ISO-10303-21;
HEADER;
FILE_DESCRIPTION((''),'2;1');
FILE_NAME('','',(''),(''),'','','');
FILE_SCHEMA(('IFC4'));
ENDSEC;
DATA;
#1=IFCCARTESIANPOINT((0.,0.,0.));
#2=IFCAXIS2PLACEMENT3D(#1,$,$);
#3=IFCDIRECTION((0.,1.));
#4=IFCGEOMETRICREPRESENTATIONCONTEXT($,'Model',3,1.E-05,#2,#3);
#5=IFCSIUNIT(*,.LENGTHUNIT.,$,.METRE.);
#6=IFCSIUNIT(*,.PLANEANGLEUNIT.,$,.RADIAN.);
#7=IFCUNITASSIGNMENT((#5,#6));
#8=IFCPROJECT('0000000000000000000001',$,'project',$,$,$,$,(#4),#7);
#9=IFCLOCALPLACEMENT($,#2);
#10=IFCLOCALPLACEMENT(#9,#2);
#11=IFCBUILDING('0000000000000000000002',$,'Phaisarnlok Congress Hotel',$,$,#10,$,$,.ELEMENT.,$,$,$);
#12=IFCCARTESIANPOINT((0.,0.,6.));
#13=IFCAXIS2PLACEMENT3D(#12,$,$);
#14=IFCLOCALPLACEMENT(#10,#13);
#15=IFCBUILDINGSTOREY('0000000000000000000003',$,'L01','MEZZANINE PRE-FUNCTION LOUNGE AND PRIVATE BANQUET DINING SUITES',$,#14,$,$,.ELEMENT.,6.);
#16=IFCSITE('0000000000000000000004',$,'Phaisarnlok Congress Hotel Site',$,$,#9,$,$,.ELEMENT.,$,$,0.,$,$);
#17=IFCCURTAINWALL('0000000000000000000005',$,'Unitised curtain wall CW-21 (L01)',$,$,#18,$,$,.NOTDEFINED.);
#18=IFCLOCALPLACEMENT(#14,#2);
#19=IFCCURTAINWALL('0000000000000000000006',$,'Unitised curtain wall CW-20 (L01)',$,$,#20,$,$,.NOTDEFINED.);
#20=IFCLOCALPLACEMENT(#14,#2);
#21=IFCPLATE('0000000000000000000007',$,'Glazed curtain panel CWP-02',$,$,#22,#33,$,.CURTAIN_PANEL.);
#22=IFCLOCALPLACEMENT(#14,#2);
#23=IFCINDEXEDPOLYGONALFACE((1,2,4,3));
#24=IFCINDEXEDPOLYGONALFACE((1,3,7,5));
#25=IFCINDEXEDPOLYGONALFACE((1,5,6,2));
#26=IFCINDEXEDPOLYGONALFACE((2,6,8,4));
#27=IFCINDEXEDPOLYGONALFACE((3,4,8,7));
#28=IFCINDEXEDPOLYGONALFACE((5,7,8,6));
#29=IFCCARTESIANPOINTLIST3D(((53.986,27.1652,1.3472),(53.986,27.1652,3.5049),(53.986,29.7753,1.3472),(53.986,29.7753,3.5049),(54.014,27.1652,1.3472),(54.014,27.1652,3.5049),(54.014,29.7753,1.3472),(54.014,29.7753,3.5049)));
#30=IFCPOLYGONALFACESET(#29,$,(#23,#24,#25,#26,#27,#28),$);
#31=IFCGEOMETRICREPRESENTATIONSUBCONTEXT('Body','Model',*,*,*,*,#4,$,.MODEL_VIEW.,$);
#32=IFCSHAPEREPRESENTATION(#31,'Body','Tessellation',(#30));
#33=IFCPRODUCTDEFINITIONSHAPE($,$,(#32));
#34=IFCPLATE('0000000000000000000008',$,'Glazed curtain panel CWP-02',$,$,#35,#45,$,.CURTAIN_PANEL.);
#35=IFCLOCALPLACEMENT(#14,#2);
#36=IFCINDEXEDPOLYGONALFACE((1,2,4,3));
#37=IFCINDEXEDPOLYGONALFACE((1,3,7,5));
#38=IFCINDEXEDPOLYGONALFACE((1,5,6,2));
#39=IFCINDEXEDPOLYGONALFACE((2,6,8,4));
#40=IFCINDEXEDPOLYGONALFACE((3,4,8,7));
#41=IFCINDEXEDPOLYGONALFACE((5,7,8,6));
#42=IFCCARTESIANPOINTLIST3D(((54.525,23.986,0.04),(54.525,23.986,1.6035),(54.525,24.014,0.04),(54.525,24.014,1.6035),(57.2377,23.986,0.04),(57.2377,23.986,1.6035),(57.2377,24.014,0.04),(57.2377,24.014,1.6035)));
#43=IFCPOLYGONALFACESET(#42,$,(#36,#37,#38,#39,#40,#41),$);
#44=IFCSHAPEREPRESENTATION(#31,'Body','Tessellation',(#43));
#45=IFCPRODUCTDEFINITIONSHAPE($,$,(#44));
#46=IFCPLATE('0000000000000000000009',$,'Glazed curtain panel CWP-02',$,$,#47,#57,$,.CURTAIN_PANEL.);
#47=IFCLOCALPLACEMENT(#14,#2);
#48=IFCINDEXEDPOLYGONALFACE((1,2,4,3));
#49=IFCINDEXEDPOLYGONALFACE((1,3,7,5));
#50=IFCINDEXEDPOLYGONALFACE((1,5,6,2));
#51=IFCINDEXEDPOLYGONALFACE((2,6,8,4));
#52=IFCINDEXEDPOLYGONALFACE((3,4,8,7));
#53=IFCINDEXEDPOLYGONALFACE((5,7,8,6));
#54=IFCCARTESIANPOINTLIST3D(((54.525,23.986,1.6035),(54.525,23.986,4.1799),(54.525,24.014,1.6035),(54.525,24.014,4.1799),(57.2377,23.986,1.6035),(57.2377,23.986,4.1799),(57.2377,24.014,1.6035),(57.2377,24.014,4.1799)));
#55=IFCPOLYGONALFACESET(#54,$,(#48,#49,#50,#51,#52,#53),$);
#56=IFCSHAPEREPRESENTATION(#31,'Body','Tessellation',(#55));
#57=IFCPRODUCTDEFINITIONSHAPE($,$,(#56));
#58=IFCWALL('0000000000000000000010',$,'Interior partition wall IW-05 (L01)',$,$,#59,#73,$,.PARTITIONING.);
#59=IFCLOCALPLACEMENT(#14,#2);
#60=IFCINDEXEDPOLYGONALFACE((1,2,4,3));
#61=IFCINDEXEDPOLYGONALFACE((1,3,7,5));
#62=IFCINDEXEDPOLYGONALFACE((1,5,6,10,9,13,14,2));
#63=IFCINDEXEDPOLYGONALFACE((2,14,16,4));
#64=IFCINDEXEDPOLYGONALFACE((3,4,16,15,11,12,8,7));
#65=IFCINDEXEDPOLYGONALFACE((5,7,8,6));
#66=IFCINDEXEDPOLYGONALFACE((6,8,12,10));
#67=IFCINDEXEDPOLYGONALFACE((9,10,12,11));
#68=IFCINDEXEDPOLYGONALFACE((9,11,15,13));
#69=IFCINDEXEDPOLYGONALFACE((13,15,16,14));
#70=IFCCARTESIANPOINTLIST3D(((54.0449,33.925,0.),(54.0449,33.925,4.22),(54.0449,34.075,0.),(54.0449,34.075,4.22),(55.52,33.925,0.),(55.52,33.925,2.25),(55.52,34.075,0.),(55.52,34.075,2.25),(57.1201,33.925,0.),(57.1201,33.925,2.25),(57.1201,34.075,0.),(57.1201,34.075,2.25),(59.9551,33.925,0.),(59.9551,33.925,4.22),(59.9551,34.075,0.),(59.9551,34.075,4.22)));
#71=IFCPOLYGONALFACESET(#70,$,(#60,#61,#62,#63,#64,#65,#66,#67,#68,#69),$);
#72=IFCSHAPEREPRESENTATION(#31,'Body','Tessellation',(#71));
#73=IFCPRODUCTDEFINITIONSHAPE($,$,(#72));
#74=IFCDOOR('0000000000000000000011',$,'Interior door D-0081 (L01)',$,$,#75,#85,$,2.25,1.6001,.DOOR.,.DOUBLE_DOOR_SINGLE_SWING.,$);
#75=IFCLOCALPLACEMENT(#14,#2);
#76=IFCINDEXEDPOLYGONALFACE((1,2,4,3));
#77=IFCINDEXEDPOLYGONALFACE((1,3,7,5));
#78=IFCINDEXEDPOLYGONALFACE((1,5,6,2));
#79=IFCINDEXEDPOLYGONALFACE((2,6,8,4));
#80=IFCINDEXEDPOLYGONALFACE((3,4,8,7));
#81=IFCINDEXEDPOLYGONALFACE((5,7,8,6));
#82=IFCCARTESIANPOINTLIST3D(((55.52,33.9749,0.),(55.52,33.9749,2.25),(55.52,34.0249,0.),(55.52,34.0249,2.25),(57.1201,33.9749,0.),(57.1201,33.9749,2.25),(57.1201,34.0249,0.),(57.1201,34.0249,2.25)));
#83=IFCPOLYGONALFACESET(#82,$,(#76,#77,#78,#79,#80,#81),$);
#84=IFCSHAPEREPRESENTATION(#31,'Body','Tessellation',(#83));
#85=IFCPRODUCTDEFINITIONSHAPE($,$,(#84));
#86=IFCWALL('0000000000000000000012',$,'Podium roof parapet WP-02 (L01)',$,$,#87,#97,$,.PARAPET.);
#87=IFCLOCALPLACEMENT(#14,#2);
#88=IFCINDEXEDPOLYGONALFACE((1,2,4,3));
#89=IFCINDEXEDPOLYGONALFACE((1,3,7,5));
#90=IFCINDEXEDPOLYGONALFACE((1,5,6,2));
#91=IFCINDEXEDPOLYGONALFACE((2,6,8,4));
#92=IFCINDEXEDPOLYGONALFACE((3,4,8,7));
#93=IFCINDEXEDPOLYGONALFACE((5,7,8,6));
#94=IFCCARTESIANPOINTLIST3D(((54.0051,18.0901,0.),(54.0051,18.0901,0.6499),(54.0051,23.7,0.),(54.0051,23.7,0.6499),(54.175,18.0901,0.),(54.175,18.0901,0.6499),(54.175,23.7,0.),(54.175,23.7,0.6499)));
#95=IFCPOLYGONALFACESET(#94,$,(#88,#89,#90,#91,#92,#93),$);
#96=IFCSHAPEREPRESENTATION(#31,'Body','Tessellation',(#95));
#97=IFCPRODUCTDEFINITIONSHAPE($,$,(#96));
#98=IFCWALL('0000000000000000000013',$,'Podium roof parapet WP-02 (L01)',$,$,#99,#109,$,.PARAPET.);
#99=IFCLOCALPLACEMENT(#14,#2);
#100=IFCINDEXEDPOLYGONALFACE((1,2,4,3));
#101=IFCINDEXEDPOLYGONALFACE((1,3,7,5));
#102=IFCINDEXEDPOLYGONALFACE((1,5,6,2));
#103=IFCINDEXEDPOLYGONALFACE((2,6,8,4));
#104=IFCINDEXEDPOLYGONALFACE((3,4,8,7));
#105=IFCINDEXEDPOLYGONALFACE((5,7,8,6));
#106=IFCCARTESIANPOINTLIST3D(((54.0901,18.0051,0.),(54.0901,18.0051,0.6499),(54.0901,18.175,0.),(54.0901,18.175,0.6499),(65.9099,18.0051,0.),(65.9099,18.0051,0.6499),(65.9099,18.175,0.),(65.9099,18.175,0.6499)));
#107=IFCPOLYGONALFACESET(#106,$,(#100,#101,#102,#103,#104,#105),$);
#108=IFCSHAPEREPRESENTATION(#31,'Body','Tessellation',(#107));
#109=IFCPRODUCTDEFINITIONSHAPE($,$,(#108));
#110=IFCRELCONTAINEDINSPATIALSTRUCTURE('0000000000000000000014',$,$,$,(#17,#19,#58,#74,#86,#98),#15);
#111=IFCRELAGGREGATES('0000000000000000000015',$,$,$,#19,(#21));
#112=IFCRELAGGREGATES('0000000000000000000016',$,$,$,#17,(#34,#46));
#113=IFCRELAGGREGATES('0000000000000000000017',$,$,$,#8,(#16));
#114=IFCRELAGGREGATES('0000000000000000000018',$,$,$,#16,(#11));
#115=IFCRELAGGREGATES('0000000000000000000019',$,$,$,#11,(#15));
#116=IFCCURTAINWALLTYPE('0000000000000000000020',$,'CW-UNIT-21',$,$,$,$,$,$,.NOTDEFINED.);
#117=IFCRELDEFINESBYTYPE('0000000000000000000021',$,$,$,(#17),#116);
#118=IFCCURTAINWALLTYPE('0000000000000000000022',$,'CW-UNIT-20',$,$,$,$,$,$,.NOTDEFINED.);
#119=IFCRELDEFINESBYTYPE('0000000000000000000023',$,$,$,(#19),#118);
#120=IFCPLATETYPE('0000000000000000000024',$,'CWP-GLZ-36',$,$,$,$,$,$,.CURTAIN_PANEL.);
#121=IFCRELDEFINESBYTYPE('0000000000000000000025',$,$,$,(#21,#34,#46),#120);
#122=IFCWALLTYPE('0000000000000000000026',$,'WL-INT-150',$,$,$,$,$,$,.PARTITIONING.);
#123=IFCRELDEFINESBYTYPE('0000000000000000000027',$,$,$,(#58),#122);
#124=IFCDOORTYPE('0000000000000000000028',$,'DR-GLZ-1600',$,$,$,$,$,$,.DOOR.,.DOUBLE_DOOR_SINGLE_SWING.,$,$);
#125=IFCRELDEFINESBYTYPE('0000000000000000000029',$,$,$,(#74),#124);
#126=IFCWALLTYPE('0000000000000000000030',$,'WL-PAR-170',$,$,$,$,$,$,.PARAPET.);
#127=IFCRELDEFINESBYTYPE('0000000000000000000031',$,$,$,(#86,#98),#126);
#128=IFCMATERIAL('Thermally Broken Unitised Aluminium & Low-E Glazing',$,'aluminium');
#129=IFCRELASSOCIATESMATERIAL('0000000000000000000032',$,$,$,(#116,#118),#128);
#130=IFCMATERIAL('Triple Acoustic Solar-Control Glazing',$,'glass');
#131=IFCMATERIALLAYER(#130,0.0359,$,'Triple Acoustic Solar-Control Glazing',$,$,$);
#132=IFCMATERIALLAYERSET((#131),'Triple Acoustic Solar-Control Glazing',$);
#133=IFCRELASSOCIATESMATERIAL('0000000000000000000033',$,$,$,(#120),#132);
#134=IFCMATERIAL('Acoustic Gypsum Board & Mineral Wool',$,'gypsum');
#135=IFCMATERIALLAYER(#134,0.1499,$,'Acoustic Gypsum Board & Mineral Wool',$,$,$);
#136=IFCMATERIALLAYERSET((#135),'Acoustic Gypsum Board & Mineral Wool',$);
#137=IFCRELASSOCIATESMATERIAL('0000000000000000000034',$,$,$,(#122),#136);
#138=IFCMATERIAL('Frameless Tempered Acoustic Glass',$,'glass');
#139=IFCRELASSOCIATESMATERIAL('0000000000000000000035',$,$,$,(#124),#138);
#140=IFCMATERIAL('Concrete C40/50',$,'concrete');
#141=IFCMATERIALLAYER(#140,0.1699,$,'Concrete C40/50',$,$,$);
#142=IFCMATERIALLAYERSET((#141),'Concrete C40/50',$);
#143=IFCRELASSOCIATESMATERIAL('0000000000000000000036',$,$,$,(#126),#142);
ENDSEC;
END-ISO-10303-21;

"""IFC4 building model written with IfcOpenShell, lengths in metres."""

from ifc_helpers import new_model, si_unit, direction, frame, frame_2d, origin, place, context, subcontext, project, spatial, rectangle, extrude, material, layer, layer_set, type_object, element, fill, aggregate, save


model = new_model("IFC4")

# Units and contexts
model_context = context("Model", 3, precision=1e-05, world=origin(), true_north=direction((0.0, 1.0)))
body_context = subcontext(model_context, "Body", "Model", "MODEL_VIEW")
ifc_project = project(units=[si_unit("LENGTHUNIT", "METRE"), si_unit("PLANEANGLEUNIT", "RADIAN")], contexts=[model_context])

# Site, building, storey
site_placement = place(None, origin())
site = spatial("IfcSite", under=ifc_project, at=site_placement, Name="Phaisarnlok Congress Hotel Site", CompositionType="ELEMENT", RefElevation=0.0)
building_placement = place(site_placement, origin())
building = spatial("IfcBuilding", under=site, at=building_placement, Name="Phaisarnlok Congress Hotel", CompositionType="ELEMENT")
storey_placement = place(building_placement, frame((0.0, 0.0, 6.0)))
storey = spatial("IfcBuildingStorey", under=building, at=storey_placement, Name="L01", Description="MEZZANINE PRE-FUNCTION LOUNGE AND PRIVATE BANQUET DINING SUITES", CompositionType="ELEMENT", Elevation=6.0)

# Curtain wall
ifc_material_1 = material(Name="Thermally Broken Unitised Aluminium & Low-E Glazing", Category="aluminium")
curtain_wall_type_1 = type_object("IfcCurtainWallType", Name="CW-UNIT-21", PredefinedType="NOTDEFINED", material=ifc_material_1)
curtain_wall_1_placement = place(storey_placement, origin())
curtain_wall_1 = element("IfcCurtainWall", 1, at=curtain_wall_1_placement, inside=storey, type_object=curtain_wall_type_1, Name="Unitised curtain wall CW-21 (L01)", PredefinedType="NOTDEFINED")

# Curtain wall
curtain_wall_type_2 = type_object("IfcCurtainWallType", Name="CW-UNIT-20", PredefinedType="NOTDEFINED", material=ifc_material_1)
curtain_wall_2_placement = place(storey_placement, origin())
curtain_wall_2 = element("IfcCurtainWall", 2, at=curtain_wall_2_placement, inside=storey, type_object=curtain_wall_type_2, Name="Unitised curtain wall CW-20 (L01)", PredefinedType="NOTDEFINED")

# Shared definitions
ifc_material_2 = material(Name="Concrete C40/50", Category="concrete")

# Plates
ifc_material_3 = material(Name="Triple Acoustic Solar-Control Glazing", Category="glass")
ifc_layer_1 = layer(ifc_material_3, 0.0359, Name="Triple Acoustic Solar-Control Glazing")
ifc_layer_set_1 = layer_set([ifc_layer_1], Name="Triple Acoustic Solar-Control Glazing")
plate_type = type_object("IfcPlateType", Name="CWP-GLZ-36", PredefinedType="CURTAIN_PANEL", material=ifc_layer_set_1)
plate_1_placement = place(storey_placement, frame((54.0, 29.7754, 1.3472), z_axis=(0.0, 0.0, 1.0), x_axis=(0.0, -1.0, 0.0)))
plate_1 = element("IfcPlate", 3, at=plate_1_placement, type_object=plate_type, Name="Glazed curtain panel CWP-02", PredefinedType="CURTAIN_PANEL", context=body_context, shape_type="SweptSolid", body=[
    extrude(rectangle(XDim=2.6101, YDim=0.0281, at=frame_2d((1.3052, 0.0))), origin(), (0.0, 0.0, 1.0), 2.1577),
])
aggregate(curtain_wall_2, [plate_1])
plate_2_placement = place(storey_placement, frame((54.5249, 24.0, 0.04), z_axis=(0.0, 0.0, 1.0), x_axis=(1.0, 0.0, 0.0)))
plate_2 = element("IfcPlate", 4, at=plate_2_placement, type_object=plate_type, Name="Glazed curtain panel CWP-02", PredefinedType="CURTAIN_PANEL", context=body_context, shape_type="SweptSolid", body=[
    extrude(rectangle(XDim=2.7126, YDim=0.0281, at=frame_2d((1.3564, 0.0))), origin(), (0.0, 0.0, 1.0), 1.5635),
])
plate_3_placement = place(storey_placement, frame((54.5249, 24.0, 1.6035), z_axis=(0.0, 0.0, 1.0), x_axis=(1.0, 0.0, 0.0)))
plate_3 = element("IfcPlate", 5, at=plate_3_placement, type_object=plate_type, Name="Glazed curtain panel CWP-02", PredefinedType="CURTAIN_PANEL", context=body_context, shape_type="SweptSolid", body=[
    extrude(rectangle(XDim=2.7126, YDim=0.0281, at=frame_2d((1.3564, 0.0))), origin(), (0.0, 0.0, 1.0), 2.5764),
])
aggregate(curtain_wall_1, [plate_2, plate_3])

# Wall, opening, door
ifc_material_4 = material(Name="Acoustic Gypsum Board & Mineral Wool", Category="gypsum")
ifc_layer_2 = layer(ifc_material_4, 0.1499, Name="Acoustic Gypsum Board & Mineral Wool")
ifc_layer_set_2 = layer_set([ifc_layer_2], Name="Acoustic Gypsum Board & Mineral Wool")
wall_type_1 = type_object("IfcWallType", Name="WL-INT-150", PredefinedType="PARTITIONING", material=ifc_layer_set_2)
wall_1_placement = place(storey_placement, frame((54.0449, 34.0, 0.0), z_axis=(0.0, 0.0, 1.0), x_axis=(1.0, 0.0, 0.0)))
wall_1 = element("IfcWall", 6, at=wall_1_placement, inside=storey, type_object=wall_type_1, Name="Interior partition wall IW-05 (L01)", PredefinedType="PARTITIONING", context=body_context, shape_type="SweptSolid", body=[
    extrude(rectangle(XDim=5.9102, YDim=0.1499, at=frame_2d((2.9551, 0.0))), origin(), (0.0, 0.0, 1.0), 4.22),
])
opening_placement = place(wall_1_placement, frame((1.4751, 0.0, 0.0)))
opening = element("IfcOpeningElement", 7, at=opening_placement, cuts=wall_1, PredefinedType="OPENING", context=body_context, shape_type="SweptSolid", body=[
    extrude(rectangle(XDim=1.6001, YDim=2.25, at=frame_2d((0.8, 1.125))), frame((0.0, 0.085, 0.0), z_axis=(0.0, -1.0, 0.0), x_axis=(1.0, 0.0, 0.0)), (0.0, 0.0, 1.0), 0.1699),
])
ifc_material_5 = material(Name="Frameless Tempered Acoustic Glass", Category="glass")
door_type = type_object("IfcDoorType", Name="DR-GLZ-1600", OperationType="DOUBLE_DOOR_SINGLE_SWING", PredefinedType="DOOR", material=ifc_material_5)
door_placement = place(opening_placement, origin())
door = element("IfcDoor", 8, at=door_placement, inside=storey, type_object=door_type, Name="Interior door D-0081 (L01)", OperationType="DOUBLE_DOOR_SINGLE_SWING", OverallHeight=2.25, OverallWidth=1.6001, PredefinedType="DOOR", context=body_context, shape_type="SweptSolid", body=[
    extrude(rectangle(XDim=1.6001, YDim=2.25, at=frame_2d((0.8, 1.125))), frame((0.0, 0.0249, 0.0), z_axis=(0.0, -1.0, 0.0), x_axis=(1.0, 0.0, 0.0)), (0.0, 0.0, 1.0), 0.05),
])
fill(opening, door)

# Walls
ifc_layer_3 = layer(ifc_material_2, 0.1699, Name="Concrete C40/50")
ifc_layer_set_3 = layer_set([ifc_layer_3], Name="Concrete C40/50")
wall_type_2 = type_object("IfcWallType", Name="WL-PAR-170", PredefinedType="PARAPET", material=ifc_layer_set_3)
wall_2_placement = place(storey_placement, frame((54.0901, 23.7, 0.0), z_axis=(0.0, 0.0, 1.0), x_axis=(0.0, -1.0, 0.0)))
element("IfcWall", 9, at=wall_2_placement, inside=storey, type_object=wall_type_2, Name="Podium roof parapet WP-02 (L01)", PredefinedType="PARAPET", context=body_context, shape_type="SweptSolid", body=[
    extrude(rectangle(XDim=5.6099, YDim=0.1699, at=frame_2d((2.8049, 0.0))), origin(), (0.0, 0.0, 1.0), 0.6499),
])
wall_3_placement = place(storey_placement, frame((54.0901, 18.0901, 0.0), z_axis=(0.0, 0.0, 1.0), x_axis=(1.0, 0.0, 0.0)))
element("IfcWall", 10, at=wall_3_placement, inside=storey, type_object=wall_type_2, Name="Podium roof parapet WP-02 (L01)", PredefinedType="PARAPET", context=body_context, shape_type="SweptSolid", body=[
    extrude(rectangle(XDim=11.8198, YDim=0.1699, at=frame_2d((5.9099, 0.0))), origin(), (0.0, 0.0, 1.0), 0.6499),
])

save(model, "model.ifc")
